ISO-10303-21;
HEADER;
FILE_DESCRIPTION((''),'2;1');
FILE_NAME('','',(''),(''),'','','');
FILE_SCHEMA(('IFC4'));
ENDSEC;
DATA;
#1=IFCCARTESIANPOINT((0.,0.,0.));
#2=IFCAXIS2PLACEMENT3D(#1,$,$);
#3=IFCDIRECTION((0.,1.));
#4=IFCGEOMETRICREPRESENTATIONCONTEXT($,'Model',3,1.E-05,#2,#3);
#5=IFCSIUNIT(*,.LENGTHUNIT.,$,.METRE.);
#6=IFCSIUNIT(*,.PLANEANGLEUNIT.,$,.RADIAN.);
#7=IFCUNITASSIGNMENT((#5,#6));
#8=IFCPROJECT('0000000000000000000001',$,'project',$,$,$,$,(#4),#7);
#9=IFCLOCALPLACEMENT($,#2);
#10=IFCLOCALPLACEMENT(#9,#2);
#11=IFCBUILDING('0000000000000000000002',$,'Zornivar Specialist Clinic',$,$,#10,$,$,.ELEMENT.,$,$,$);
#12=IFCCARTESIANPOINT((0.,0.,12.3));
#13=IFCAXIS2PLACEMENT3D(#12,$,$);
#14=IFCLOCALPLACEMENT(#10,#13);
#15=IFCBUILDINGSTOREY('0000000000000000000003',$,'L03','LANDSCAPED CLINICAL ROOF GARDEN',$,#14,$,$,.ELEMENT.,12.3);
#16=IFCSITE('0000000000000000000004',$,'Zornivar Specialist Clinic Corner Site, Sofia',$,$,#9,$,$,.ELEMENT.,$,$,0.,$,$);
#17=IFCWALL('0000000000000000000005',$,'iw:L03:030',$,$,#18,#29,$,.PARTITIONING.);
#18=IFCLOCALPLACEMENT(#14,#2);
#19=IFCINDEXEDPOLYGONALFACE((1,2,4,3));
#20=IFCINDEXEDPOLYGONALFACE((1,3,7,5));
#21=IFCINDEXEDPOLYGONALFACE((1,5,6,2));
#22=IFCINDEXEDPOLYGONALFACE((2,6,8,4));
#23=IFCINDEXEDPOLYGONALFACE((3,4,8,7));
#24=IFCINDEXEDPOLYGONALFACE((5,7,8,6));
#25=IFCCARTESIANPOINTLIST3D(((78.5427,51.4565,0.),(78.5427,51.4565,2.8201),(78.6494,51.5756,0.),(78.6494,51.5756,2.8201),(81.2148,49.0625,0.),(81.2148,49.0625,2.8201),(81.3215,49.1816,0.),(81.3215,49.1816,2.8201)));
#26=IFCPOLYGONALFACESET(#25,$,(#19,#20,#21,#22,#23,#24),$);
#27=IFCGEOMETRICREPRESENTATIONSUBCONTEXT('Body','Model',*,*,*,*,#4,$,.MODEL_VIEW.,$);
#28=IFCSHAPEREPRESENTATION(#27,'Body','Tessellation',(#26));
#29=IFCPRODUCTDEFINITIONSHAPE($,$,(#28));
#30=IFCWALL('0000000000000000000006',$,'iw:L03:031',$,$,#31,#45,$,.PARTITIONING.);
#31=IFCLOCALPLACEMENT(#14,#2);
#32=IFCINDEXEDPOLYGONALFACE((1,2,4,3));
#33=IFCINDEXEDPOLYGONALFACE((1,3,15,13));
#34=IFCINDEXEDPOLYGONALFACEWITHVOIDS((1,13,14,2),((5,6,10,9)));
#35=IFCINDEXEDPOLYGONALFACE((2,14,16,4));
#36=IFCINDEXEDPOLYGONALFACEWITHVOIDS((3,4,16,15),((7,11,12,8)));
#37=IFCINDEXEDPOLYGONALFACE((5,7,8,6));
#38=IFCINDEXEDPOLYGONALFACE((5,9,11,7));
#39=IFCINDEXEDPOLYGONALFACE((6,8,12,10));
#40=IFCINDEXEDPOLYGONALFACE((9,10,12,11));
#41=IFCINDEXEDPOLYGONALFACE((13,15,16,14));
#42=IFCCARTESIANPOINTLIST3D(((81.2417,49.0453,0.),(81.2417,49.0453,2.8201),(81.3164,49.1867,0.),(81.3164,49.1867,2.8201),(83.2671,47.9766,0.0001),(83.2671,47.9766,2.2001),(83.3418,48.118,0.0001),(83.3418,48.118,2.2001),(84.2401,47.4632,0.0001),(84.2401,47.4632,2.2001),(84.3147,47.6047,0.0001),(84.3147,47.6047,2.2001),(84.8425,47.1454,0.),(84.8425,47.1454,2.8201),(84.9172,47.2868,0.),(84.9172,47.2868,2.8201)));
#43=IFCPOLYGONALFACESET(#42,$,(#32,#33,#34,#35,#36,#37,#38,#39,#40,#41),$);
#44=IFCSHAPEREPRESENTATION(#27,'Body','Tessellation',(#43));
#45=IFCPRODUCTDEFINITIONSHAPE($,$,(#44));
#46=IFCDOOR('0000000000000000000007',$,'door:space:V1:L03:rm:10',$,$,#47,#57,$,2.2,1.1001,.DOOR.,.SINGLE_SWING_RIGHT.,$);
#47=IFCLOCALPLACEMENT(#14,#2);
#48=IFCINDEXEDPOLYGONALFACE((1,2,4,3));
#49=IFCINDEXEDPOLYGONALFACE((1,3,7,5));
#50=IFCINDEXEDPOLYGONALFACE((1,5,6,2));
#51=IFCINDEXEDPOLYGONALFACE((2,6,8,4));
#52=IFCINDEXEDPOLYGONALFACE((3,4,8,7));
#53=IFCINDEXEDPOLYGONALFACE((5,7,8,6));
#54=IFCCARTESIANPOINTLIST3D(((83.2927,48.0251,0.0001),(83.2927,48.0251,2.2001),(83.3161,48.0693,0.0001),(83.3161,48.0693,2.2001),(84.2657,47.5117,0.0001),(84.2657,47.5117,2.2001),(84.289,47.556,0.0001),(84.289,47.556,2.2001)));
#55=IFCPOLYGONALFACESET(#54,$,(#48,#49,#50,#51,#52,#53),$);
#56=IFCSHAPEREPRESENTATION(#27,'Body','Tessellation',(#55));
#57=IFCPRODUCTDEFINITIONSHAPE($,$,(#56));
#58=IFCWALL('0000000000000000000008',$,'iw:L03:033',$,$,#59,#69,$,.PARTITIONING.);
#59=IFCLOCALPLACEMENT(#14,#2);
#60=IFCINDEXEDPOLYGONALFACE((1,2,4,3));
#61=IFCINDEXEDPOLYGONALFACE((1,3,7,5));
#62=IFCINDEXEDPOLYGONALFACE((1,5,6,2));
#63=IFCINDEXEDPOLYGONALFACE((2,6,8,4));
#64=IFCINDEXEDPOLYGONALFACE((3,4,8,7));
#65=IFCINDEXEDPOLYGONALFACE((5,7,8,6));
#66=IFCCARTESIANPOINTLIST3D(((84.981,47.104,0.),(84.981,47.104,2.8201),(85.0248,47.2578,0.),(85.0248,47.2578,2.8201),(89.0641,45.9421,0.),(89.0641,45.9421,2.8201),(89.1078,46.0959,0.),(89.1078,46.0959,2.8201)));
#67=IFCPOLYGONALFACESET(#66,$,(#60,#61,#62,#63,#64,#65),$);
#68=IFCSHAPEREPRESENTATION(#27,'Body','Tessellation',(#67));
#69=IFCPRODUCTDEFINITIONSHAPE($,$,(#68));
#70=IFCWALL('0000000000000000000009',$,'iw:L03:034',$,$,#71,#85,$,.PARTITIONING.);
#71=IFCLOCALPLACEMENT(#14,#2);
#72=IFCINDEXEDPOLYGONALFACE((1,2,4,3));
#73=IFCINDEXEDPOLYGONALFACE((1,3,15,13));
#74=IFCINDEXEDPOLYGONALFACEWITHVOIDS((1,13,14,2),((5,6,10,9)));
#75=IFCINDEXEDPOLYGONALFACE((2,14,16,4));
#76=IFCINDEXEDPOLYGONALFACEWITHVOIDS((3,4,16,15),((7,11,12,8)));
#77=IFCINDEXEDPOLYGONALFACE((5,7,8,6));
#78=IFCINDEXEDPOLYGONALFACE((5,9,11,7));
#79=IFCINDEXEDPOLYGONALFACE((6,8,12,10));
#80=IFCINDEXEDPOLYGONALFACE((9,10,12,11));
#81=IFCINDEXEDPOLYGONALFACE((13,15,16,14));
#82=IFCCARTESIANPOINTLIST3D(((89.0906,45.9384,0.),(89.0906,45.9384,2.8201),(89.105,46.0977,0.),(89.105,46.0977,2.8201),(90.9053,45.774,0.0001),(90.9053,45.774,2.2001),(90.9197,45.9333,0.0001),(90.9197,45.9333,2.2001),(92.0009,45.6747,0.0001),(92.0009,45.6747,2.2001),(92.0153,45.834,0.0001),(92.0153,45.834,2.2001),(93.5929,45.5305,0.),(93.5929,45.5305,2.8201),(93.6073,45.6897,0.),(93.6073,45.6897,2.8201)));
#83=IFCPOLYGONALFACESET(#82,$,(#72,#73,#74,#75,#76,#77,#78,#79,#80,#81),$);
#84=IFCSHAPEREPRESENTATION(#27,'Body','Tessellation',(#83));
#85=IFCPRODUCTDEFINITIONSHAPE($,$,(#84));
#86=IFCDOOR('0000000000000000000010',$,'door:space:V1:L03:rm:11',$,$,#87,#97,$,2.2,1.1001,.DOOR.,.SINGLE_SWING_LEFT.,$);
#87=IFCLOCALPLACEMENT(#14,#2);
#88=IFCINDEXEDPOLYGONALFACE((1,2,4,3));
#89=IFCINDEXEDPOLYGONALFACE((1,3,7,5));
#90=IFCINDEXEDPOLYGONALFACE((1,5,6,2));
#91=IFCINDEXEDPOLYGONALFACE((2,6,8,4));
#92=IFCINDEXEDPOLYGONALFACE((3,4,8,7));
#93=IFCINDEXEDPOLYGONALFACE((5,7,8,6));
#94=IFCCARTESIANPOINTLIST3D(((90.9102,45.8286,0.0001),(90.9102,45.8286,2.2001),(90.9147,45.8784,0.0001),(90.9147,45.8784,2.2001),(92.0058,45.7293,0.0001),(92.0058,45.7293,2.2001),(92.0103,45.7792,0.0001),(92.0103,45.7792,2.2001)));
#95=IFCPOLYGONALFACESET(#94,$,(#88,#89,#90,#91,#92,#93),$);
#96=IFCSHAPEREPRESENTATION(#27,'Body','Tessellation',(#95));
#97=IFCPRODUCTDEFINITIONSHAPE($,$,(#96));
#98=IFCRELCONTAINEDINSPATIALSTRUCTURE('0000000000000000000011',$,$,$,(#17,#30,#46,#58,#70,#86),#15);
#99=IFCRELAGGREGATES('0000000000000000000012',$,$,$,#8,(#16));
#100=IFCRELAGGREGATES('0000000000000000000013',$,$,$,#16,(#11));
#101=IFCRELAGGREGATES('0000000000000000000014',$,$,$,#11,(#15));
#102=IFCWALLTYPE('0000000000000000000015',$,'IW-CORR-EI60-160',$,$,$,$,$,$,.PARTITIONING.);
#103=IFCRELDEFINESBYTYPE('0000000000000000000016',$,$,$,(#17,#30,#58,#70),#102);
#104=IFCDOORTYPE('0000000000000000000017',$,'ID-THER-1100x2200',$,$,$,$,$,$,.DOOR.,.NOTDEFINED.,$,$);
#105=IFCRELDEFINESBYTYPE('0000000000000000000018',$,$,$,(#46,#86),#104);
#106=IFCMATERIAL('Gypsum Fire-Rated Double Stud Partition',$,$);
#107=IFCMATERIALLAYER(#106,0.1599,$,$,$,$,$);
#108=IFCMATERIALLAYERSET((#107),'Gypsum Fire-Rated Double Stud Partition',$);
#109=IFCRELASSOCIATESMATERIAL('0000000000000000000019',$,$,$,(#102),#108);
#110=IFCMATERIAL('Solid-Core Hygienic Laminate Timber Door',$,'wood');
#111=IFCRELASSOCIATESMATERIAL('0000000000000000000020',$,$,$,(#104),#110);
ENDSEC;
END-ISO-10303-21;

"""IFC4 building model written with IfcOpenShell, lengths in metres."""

from ifc_helpers import new_model, si_unit, direction, frame, frame_2d, origin, place, context, subcontext, project, spatial, rectangle, extrude, material, layer, layer_set, type_object, element, fill, save


model = new_model("IFC4")

# Units and contexts
model_context = context("Model", 3, precision=1e-05, world=origin(), true_north=direction((0.0, 1.0)))
body_context = subcontext(model_context, "Body", "Model", "MODEL_VIEW")
ifc_project = project(units=[si_unit("LENGTHUNIT", "METRE"), si_unit("PLANEANGLEUNIT", "RADIAN")], contexts=[model_context])

# Site, building, storey
site_placement = place(None, origin())
site = spatial("IfcSite", under=ifc_project, at=site_placement, Name="Zornivar Specialist Clinic Corner Site, Sofia", CompositionType="ELEMENT", RefElevation=0.0)
building_placement = place(site_placement, origin())
building = spatial("IfcBuilding", under=site, at=building_placement, Name="Zornivar Specialist Clinic", CompositionType="ELEMENT")
storey_placement = place(building_placement, frame((0.0, 0.0, 12.3)))
storey = spatial("IfcBuildingStorey", under=building, at=storey_placement, Name="L03", Description="LANDSCAPED CLINICAL ROOF GARDEN", CompositionType="ELEMENT", Elevation=12.3)

# Shared definitions
ifc_material_1 = material(Name="Gypsum Fire-Rated Double Stud Partition")
ifc_layer_1 = layer(ifc_material_1, 0.1599)
ifc_layer_set_1 = layer_set([ifc_layer_1], Name="Gypsum Fire-Rated Double Stud Partition")
wall_type_1 = type_object("IfcWallType", Name="IW-CORR-EI60-160", PredefinedType="PARTITIONING", material=ifc_layer_set_1)

# Shared definitions
ifc_material_2 = material(Name="Solid-Core Hygienic Laminate Timber Door", Category="wood")
door_type = type_object("IfcDoorType", Name="ID-THER-1100x2200", OperationType="NOTDEFINED", PredefinedType="DOOR", material=ifc_material_2)

# Wall
wall_1_placement = place(storey_placement, frame((78.5959, 51.5161, 0.0), z_axis=(0.0, 0.0, 1.0), x_axis=(0.744798, -0.66729, 0.0)))
element("IfcWall", 1, at=wall_1_placement, inside=storey, type_object=wall_type_1, Name="iw:L03:030", PredefinedType="PARTITIONING", context=body_context, shape_type="SweptSolid", body=[
    extrude(rectangle(XDim=3.5876, YDim=0.1599, at=frame_2d((1.7939, 0.0))), origin(), (0.0, 0.0, 1.0), 2.8201),
])

# Wall, opening, door
wall_2_placement = place(storey_placement, frame((81.2791, 49.116, 0.0), z_axis=(0.0, 0.0, 1.0), x_axis=(0.884439, -0.466656, 0.0)))
wall_2 = element("IfcWall", 2, at=wall_2_placement, inside=storey, type_object=wall_type_1, Name="iw:L03:031", PredefinedType="PARTITIONING", context=body_context, shape_type="SweptSolid", body=[
    extrude(rectangle(XDim=4.0713, YDim=0.1599, at=frame_2d((2.0356, 0.0))), origin(), (0.0, 0.0, 1.0), 2.8201),
])
opening_1_placement = place(wall_2_placement, frame((2.29, 0.0, 0.0)))
opening_1 = element("IfcOpeningElement", 3, at=opening_1_placement, cuts=wall_2, PredefinedType="OPENING", context=body_context, shape_type="SweptSolid", body=[
    extrude(rectangle(XDim=1.1001, YDim=2.2, at=frame_2d((0.55, 1.1001))), frame((0.0, 0.0898, 0.0), z_axis=(0.0, -1.0, 0.0), x_axis=(1.0, 0.0, 0.0)), (0.0, 0.0, 1.0), 0.1799),
])
door_1_placement = place(opening_1_placement, origin())
door_1 = element("IfcDoor", 4, at=door_1_placement, inside=storey, type_object=door_type, Name="door:space:V1:L03:rm:10", OperationType="SINGLE_SWING_RIGHT", OverallHeight=2.2, OverallWidth=1.1001, PredefinedType="DOOR", context=body_context, shape_type="SweptSolid", body=[
    extrude(rectangle(XDim=1.1001, YDim=2.2, at=frame_2d((0.55, 1.1001))), frame((0.0, 0.0249, 0.0), z_axis=(0.0, -1.0, 0.0), x_axis=(1.0, 0.0, 0.0)), (0.0, 0.0, 1.0), 0.05),
])
fill(opening_1, door_1)

# Wall
wall_3_placement = place(storey_placement, frame((85.0029, 47.1809, 0.0), z_axis=(0.0, 0.0, 1.0), x_axis=(0.961816, -0.273696, 0.0)))
element("IfcWall", 5, at=wall_3_placement, inside=storey, type_object=wall_type_1, Name="iw:L03:033", PredefinedType="PARTITIONING", context=body_context, shape_type="SweptSolid", body=[
    extrude(rectangle(XDim=4.2451, YDim=0.1599, at=frame_2d((2.1226, 0.0))), origin(), (0.0, 0.0, 1.0), 2.8201),
])

# Wall, opening, door
wall_4_placement = place(storey_placement, frame((89.0979, 46.0181, 0.0), z_axis=(0.0, 0.0, 1.0), x_axis=(0.99592, -0.090244, 0.0)))
wall_4 = element("IfcWall", 6, at=wall_4_placement, inside=storey, type_object=wall_type_1, Name="iw:L03:034", PredefinedType="PARTITIONING", context=body_context, shape_type="SweptSolid", body=[
    extrude(rectangle(XDim=4.5208, YDim=0.1599, at=frame_2d((2.2603, 0.0))), origin(), (0.0, 0.0, 1.0), 2.8201),
])
opening_2_placement = place(wall_4_placement, frame((1.822, 0.0, 0.0)))
opening_2 = element("IfcOpeningElement", 7, at=opening_2_placement, cuts=wall_4, PredefinedType="OPENING", context=body_context, shape_type="SweptSolid", body=[
    extrude(rectangle(XDim=1.1001, YDim=2.2, at=frame_2d((0.55, 1.1001))), frame((0.0, 0.0898, 0.0), z_axis=(0.0, -1.0, 0.0), x_axis=(1.0, 0.0, 0.0)), (0.0, 0.0, 1.0), 0.1799),
])
door_2_placement = place(opening_2_placement, origin())
door_2 = element("IfcDoor", 8, at=door_2_placement, inside=storey, type_object=door_type, Name="door:space:V1:L03:rm:11", OperationType="SINGLE_SWING_LEFT", OverallHeight=2.2, OverallWidth=1.1001, PredefinedType="DOOR", context=body_context, shape_type="SweptSolid", body=[
    extrude(rectangle(XDim=1.1001, YDim=2.2, at=frame_2d((0.55, 1.1001))), frame((0.0, 0.0249, 0.0), z_axis=(0.0, -1.0, 0.0), x_axis=(1.0, 0.0, 0.0)), (0.0, 0.0, 1.0), 0.05),
])
fill(opening_2, door_2)

save(model, "model.ifc")
